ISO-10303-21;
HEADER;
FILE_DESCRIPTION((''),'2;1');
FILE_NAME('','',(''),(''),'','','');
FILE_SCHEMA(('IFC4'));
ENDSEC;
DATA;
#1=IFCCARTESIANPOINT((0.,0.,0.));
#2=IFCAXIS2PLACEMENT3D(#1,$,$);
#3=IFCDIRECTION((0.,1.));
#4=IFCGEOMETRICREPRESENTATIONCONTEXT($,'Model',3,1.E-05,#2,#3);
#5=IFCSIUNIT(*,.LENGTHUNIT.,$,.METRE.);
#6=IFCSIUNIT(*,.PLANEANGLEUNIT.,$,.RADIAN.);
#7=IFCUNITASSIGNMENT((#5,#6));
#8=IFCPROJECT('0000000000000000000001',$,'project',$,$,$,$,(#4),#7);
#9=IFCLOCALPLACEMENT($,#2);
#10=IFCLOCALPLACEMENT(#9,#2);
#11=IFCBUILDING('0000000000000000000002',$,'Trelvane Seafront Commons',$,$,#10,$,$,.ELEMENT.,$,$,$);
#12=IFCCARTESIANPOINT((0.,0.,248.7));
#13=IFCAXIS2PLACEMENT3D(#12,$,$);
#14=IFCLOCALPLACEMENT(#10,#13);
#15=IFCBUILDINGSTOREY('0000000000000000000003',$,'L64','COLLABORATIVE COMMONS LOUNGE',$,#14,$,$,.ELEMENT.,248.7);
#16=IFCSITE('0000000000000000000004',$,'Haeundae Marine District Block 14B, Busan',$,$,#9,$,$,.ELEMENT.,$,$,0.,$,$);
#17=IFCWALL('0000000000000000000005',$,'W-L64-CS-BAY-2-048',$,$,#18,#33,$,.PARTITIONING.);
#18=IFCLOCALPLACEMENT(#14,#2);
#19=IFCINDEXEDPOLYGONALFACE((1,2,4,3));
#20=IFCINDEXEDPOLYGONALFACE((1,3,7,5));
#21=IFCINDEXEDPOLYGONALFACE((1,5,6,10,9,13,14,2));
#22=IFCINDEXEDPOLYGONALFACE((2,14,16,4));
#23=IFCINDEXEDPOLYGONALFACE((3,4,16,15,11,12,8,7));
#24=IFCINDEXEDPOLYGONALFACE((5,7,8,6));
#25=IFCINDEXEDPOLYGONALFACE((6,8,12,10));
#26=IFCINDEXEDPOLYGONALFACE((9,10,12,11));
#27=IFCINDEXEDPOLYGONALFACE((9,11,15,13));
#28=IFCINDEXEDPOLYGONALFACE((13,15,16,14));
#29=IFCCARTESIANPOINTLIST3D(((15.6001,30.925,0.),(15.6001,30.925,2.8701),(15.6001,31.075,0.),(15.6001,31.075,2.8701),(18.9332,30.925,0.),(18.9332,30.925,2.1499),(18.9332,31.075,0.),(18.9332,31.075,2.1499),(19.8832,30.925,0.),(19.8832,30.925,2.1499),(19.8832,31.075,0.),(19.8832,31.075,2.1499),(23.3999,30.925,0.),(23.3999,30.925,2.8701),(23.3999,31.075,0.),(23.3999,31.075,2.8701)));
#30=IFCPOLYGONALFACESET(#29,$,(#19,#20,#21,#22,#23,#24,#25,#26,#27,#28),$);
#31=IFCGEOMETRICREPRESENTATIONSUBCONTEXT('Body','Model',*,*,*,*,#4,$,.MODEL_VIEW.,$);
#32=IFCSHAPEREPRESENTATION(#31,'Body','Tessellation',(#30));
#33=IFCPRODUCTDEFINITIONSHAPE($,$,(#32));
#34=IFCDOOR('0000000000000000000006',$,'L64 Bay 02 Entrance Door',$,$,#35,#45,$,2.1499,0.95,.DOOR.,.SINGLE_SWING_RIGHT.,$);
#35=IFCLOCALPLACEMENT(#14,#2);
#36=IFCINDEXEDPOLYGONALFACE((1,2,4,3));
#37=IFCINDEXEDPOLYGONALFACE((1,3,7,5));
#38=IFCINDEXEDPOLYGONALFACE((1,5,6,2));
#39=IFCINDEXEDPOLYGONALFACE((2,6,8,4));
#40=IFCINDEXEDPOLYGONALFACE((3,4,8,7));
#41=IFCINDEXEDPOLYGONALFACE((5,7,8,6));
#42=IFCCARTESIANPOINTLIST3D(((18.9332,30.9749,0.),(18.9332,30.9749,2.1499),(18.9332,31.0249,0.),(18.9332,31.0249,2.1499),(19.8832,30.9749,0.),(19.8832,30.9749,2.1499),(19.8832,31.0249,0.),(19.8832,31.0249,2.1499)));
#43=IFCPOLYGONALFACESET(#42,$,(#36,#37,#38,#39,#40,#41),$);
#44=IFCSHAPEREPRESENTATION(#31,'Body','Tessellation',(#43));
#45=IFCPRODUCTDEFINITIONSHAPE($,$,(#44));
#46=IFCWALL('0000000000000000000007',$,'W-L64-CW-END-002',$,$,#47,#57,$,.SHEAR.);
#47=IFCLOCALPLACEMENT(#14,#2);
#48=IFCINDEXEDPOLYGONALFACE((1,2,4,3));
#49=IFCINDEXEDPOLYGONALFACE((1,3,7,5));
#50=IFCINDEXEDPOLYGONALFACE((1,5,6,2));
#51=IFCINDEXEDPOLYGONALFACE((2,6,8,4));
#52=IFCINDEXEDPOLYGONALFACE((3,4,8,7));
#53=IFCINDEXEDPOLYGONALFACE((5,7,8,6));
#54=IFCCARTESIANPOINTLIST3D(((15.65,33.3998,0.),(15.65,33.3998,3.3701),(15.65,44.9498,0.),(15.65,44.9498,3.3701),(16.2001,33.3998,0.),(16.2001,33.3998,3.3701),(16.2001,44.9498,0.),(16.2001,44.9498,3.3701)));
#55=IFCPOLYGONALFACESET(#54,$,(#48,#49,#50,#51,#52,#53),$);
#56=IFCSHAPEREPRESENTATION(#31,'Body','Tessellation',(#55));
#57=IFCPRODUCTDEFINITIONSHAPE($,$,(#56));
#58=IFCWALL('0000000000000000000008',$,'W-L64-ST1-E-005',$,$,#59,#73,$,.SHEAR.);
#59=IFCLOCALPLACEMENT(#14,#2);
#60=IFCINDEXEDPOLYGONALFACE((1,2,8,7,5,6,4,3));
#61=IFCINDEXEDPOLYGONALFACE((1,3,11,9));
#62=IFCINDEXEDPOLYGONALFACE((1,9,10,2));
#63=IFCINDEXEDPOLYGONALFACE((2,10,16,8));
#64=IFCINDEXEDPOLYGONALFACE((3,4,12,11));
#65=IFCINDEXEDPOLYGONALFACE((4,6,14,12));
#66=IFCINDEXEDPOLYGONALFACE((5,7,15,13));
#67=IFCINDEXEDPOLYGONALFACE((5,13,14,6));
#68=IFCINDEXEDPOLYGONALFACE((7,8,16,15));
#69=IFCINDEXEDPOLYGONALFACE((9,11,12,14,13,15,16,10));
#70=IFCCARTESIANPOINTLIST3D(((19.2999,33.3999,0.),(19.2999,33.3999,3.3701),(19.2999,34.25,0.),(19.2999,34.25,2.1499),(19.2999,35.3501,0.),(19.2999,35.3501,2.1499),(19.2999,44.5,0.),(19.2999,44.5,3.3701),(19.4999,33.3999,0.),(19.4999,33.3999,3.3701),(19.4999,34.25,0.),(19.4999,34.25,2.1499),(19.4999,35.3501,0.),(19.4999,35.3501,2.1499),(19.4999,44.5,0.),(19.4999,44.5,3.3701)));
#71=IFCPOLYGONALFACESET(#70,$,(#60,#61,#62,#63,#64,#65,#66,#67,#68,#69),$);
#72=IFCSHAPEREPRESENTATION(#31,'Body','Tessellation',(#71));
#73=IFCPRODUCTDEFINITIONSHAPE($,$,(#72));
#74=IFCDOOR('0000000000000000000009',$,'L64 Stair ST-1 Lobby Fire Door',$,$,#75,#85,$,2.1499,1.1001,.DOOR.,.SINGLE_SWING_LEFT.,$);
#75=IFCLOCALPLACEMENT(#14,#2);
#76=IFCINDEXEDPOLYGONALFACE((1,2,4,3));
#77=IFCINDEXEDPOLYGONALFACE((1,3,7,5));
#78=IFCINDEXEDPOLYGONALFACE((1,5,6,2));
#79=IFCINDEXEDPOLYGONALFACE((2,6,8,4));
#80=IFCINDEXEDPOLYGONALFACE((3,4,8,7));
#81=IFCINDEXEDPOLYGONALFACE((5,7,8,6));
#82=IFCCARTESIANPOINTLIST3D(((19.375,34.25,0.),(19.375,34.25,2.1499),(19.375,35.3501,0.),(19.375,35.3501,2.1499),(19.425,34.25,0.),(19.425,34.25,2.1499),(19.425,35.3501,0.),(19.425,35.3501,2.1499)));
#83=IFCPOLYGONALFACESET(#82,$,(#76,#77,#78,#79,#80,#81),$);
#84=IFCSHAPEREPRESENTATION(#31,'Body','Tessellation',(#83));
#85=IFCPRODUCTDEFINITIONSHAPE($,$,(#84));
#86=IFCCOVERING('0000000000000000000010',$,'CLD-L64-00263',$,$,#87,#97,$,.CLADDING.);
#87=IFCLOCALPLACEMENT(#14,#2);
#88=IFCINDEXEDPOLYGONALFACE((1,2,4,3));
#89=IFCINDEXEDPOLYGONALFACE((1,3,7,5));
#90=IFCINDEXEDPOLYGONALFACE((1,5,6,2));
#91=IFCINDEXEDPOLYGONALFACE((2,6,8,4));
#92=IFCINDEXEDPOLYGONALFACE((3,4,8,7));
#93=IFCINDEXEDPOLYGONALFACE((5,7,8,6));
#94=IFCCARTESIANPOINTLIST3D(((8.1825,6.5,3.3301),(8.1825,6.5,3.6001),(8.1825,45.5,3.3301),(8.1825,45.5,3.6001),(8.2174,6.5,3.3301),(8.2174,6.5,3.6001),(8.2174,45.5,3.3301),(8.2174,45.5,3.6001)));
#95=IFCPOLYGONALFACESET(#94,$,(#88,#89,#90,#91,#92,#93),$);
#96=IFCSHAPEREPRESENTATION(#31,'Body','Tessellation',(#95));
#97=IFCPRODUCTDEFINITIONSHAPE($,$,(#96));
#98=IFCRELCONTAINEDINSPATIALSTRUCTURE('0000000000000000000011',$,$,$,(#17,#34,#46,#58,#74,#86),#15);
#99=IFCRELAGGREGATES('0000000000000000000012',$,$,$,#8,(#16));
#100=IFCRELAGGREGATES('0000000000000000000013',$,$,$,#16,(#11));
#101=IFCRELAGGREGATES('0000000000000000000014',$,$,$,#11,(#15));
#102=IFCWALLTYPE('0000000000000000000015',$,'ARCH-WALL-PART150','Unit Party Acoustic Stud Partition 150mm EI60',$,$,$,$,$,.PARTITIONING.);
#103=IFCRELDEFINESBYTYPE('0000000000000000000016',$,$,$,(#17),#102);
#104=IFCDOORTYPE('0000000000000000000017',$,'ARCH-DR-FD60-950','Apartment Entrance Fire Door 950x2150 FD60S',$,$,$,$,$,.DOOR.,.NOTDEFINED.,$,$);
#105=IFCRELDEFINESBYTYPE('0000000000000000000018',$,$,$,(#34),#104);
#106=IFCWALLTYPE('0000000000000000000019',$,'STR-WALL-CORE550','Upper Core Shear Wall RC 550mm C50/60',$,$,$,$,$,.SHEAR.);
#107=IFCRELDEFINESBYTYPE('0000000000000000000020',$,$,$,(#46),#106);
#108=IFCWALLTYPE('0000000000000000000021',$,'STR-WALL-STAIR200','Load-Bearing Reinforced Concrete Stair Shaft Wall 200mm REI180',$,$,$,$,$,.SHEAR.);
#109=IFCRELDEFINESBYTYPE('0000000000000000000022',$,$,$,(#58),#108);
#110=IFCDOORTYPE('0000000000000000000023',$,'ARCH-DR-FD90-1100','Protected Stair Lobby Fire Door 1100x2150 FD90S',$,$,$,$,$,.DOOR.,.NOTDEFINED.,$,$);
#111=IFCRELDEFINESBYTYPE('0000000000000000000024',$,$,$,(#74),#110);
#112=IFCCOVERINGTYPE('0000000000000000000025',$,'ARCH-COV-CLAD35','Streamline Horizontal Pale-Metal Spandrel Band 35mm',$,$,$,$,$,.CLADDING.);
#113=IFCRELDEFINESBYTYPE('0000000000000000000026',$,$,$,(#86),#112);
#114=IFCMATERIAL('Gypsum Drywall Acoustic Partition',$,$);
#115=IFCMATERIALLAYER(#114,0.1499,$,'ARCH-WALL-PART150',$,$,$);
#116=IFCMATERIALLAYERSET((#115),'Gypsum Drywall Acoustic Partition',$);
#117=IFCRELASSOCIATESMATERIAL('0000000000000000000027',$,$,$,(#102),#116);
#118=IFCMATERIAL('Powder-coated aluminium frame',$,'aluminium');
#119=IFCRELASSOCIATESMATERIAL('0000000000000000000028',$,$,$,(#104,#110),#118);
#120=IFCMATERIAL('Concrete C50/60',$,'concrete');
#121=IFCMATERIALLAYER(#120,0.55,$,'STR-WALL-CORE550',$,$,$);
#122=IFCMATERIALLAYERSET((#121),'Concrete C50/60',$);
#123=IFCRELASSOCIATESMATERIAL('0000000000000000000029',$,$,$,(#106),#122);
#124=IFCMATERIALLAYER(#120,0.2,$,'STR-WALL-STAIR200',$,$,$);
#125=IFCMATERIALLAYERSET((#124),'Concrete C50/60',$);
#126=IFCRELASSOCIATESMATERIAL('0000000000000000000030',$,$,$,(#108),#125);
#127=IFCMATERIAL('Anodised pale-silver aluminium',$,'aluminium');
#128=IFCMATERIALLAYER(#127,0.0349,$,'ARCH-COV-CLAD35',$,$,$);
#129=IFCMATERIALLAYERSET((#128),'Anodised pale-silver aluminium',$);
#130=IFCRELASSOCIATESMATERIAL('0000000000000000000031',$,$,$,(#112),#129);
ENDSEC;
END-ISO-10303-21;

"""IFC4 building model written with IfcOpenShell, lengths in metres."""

from ifc_helpers import new_model, si_unit, direction, frame, frame_2d, origin, origin_2d, place, context, subcontext, project, spatial, rectangle, extrude, source, transform, mapped, material, layer, layer_set, type_object, element, fill, save


model = new_model("IFC4")

# Units and contexts
model_context = context("Model", 3, precision=1e-05, world=origin(), true_north=direction((0.0, 1.0)))
body_context = subcontext(model_context, "Body", "Model", "MODEL_VIEW")
ifc_project = project(units=[si_unit("LENGTHUNIT", "METRE"), si_unit("PLANEANGLEUNIT", "RADIAN")], contexts=[model_context])

# Site, building, storey
site_placement = place(None, origin())
site = spatial("IfcSite", under=ifc_project, at=site_placement, Name="Haeundae Marine District Block 14B, Busan", CompositionType="ELEMENT", RefElevation=0.0)
building_placement = place(site_placement, origin())
building = spatial("IfcBuilding", under=site, at=building_placement, Name="Trelvane Seafront Commons", CompositionType="ELEMENT")
storey_placement = place(building_placement, frame((0.0, 0.0, 248.7)))
storey = spatial("IfcBuildingStorey", under=building, at=storey_placement, Name="L64", Description="COLLABORATIVE COMMONS LOUNGE", CompositionType="ELEMENT", Elevation=248.7)

# Shared definitions
ifc_material_1 = material(Name="Concrete C50/60", Category="concrete")

# Shared definitions
ifc_material_2 = material(Name="Anodised pale-silver aluminium", Category="aluminium")

# Wall, opening, door
ifc_material_3 = material(Name="Gypsum Drywall Acoustic Partition")
ifc_layer_1 = layer(ifc_material_3, 0.1499, Name="ARCH-WALL-PART150")
ifc_layer_set_1 = layer_set([ifc_layer_1], Name="Gypsum Drywall Acoustic Partition")
wall_type_1 = type_object("IfcWallType", Name="ARCH-WALL-PART150", Description="Unit Party Acoustic Stud Partition 150mm EI60", PredefinedType="PARTITIONING", material=ifc_layer_set_1)
ifc_material_4 = material(Name="Powder-coated aluminium frame", Category="aluminium")
door_type_1 = type_object("IfcDoorType", Name="ARCH-DR-FD60-950", Description="Apartment Entrance Fire Door 950x2150 FD60S", OperationType="NOTDEFINED", PredefinedType="DOOR", material=ifc_material_4)
shared_shape_1 = source(origin(), body_context, "Body", "SweptSolid", [
    extrude(rectangle(XDim=0.95, YDim=2.1499, at=frame_2d((0.4751, 1.075))), frame((0.0, 0.0249, 0.0), z_axis=(0.0, -1.0, 0.0), x_axis=(1.0, 0.0, 0.0)), (0.0, 0.0, 1.0), 0.05),
])
wall_1_placement = place(storey_placement, frame((15.6001, 31.0, 0.0), z_axis=(0.0, 0.0, 1.0), x_axis=(1.0, 0.0, 0.0)))
wall_1 = element("IfcWall", 1, at=wall_1_placement, inside=storey, type_object=wall_type_1, Name="W-L64-CS-BAY-2-048", PredefinedType="PARTITIONING", context=body_context, shape_type="SweptSolid", body=[
    extrude(rectangle(XDim=7.7998, YDim=0.1499, at=frame_2d((3.8999, 0.0))), origin(), (0.0, 0.0, 1.0), 2.8701),
])
opening_1_placement = place(wall_1_placement, frame((3.333, 0.0, 0.0)))
opening_1 = element("IfcOpeningElement", 2, at=opening_1_placement, cuts=wall_1, PredefinedType="OPENING", context=body_context, shape_type="SweptSolid", body=[
    extrude(rectangle(XDim=0.95, YDim=2.1499, at=frame_2d((0.4751, 1.075))), frame((0.0, 0.085, 0.0), z_axis=(0.0, -1.0, 0.0), x_axis=(1.0, 0.0, 0.0)), (0.0, 0.0, 1.0), 0.1699),
])
door_1_placement = place(opening_1_placement, origin())
door_1 = element("IfcDoor", 3, at=door_1_placement, inside=storey, type_object=door_type_1, Name="L64 Bay 02 Entrance Door", OperationType="SINGLE_SWING_RIGHT", OverallHeight=2.1499, OverallWidth=0.95, PredefinedType="DOOR", context=body_context, shape_type="MappedRepresentation", body=[
    mapped(shared_shape_1, transform((0.0, 0.0, 0.0), x_axis=(1.0, 0.0, 0.0), y_axis=(0.0, 1.0, 0.0), z_axis=(0.0, 0.0, 1.0), scale=1.0)),
])
fill(opening_1, door_1)

# Wall
ifc_layer_2 = layer(ifc_material_1, 0.55, Name="STR-WALL-CORE550")
ifc_layer_set_2 = layer_set([ifc_layer_2], Name="Concrete C50/60")
wall_type_2 = type_object("IfcWallType", Name="STR-WALL-CORE550", Description="Upper Core Shear Wall RC 550mm C50/60", PredefinedType="SHEAR", material=ifc_layer_set_2)
wall_2_placement = place(storey_placement, frame((15.925, 33.3999, 0.0), z_axis=(0.0, 0.0, 1.0), x_axis=(0.0, 1.0, 0.0)))
element("IfcWall", 4, at=wall_2_placement, inside=storey, type_object=wall_type_2, Name="W-L64-CW-END-002", PredefinedType="SHEAR", context=body_context, shape_type="SweptSolid", body=[
    extrude(rectangle(XDim=11.55, YDim=0.55, at=frame_2d((5.7749, 0.0))), origin(), (0.0, 0.0, 1.0), 3.3701),
])

# Wall, opening, door
ifc_layer_3 = layer(ifc_material_1, 0.2, Name="STR-WALL-STAIR200")
ifc_layer_set_3 = layer_set([ifc_layer_3], Name="Concrete C50/60")
wall_type_3 = type_object("IfcWallType", Name="STR-WALL-STAIR200", Description="Load-Bearing Reinforced Concrete Stair Shaft Wall 200mm REI180", PredefinedType="SHEAR", material=ifc_layer_set_3)
wall_3_placement = place(storey_placement, frame((19.3999, 33.3999, 0.0), z_axis=(0.0, 0.0, 1.0), x_axis=(0.0, 1.0, 0.0)))
wall_3 = element("IfcWall", 5, at=wall_3_placement, inside=storey, type_object=wall_type_3, Name="W-L64-ST1-E-005", PredefinedType="SHEAR", context=body_context, shape_type="SweptSolid", body=[
    extrude(rectangle(XDim=11.1001, YDim=0.2, at=frame_2d((5.55, 0.0))), origin(), (0.0, 0.0, 1.0), 3.3701),
])
opening_2_placement = place(wall_3_placement, frame((0.8501, 0.0, 0.0)))
opening_2 = element("IfcOpeningElement", 6, at=opening_2_placement, cuts=wall_3, PredefinedType="OPENING", context=body_context, shape_type="SweptSolid", body=[
    extrude(rectangle(XDim=1.1001, YDim=2.1499, at=frame_2d((0.55, 1.075))), frame((0.0, 0.1099, 0.0), z_axis=(0.0, -1.0, 0.0), x_axis=(1.0, 0.0, 0.0)), (0.0, 0.0, 1.0), 0.22),
])
door_type_2 = type_object("IfcDoorType", Name="ARCH-DR-FD90-1100", Description="Protected Stair Lobby Fire Door 1100x2150 FD90S", OperationType="NOTDEFINED", PredefinedType="DOOR", material=ifc_material_4)
shared_shape_2 = source(origin(), body_context, "Body", "SweptSolid", [
    extrude(rectangle(XDim=1.1001, YDim=2.1499, at=frame_2d((0.55, 1.075))), frame((0.0, 0.0249, 0.0), z_axis=(0.0, -1.0, 0.0), x_axis=(1.0, 0.0, 0.0)), (0.0, 0.0, 1.0), 0.05),
])
door_2_placement = place(opening_2_placement, origin())
door_2 = element("IfcDoor", 7, at=door_2_placement, inside=storey, type_object=door_type_2, Name="L64 Stair ST-1 Lobby Fire Door", OperationType="SINGLE_SWING_LEFT", OverallHeight=2.1499, OverallWidth=1.1001, PredefinedType="DOOR", context=body_context, shape_type="MappedRepresentation", body=[
    mapped(shared_shape_2, transform((0.0, 0.0, 0.0), x_axis=(1.0, 0.0, 0.0), y_axis=(0.0, 1.0, 0.0), z_axis=(0.0, 0.0, 1.0), scale=1.0)),
])
fill(opening_2, door_2)

# Covering
ifc_layer_4 = layer(ifc_material_2, 0.0349, Name="ARCH-COV-CLAD35")
ifc_layer_set_4 = layer_set([ifc_layer_4], Name="Anodised pale-silver aluminium")
covering_type = type_object("IfcCoveringType", Name="ARCH-COV-CLAD35", Description="Streamline Horizontal Pale-Metal Spandrel Band 35mm", PredefinedType="CLADDING", material=ifc_layer_set_4)
shared_shape_3 = source(origin(), body_context, "Body", "SweptSolid", [
    extrude(rectangle(XDim=39.0, YDim=0.0349, at=origin_2d()), origin(), (0.0, 0.0, 1.0), 0.27),
])
covering_placement = place(storey_placement, frame((8.2, 26.0, 3.3301), z_axis=(0.0, 0.0, 1.0), x_axis=(0.0, 1.0, 0.0)))
element("IfcCovering", 8, at=covering_placement, inside=storey, type_object=covering_type, Name="CLD-L64-00263", PredefinedType="CLADDING", context=body_context, shape_type="MappedRepresentation", body=[
    mapped(shared_shape_3, transform((0.0, 0.0, 0.0), x_axis=(1.0, 0.0, 0.0), y_axis=(0.0, 1.0, 0.0), z_axis=(0.0, 0.0, 1.0), scale=1.0)),
])

save(model, "model.ifc")
